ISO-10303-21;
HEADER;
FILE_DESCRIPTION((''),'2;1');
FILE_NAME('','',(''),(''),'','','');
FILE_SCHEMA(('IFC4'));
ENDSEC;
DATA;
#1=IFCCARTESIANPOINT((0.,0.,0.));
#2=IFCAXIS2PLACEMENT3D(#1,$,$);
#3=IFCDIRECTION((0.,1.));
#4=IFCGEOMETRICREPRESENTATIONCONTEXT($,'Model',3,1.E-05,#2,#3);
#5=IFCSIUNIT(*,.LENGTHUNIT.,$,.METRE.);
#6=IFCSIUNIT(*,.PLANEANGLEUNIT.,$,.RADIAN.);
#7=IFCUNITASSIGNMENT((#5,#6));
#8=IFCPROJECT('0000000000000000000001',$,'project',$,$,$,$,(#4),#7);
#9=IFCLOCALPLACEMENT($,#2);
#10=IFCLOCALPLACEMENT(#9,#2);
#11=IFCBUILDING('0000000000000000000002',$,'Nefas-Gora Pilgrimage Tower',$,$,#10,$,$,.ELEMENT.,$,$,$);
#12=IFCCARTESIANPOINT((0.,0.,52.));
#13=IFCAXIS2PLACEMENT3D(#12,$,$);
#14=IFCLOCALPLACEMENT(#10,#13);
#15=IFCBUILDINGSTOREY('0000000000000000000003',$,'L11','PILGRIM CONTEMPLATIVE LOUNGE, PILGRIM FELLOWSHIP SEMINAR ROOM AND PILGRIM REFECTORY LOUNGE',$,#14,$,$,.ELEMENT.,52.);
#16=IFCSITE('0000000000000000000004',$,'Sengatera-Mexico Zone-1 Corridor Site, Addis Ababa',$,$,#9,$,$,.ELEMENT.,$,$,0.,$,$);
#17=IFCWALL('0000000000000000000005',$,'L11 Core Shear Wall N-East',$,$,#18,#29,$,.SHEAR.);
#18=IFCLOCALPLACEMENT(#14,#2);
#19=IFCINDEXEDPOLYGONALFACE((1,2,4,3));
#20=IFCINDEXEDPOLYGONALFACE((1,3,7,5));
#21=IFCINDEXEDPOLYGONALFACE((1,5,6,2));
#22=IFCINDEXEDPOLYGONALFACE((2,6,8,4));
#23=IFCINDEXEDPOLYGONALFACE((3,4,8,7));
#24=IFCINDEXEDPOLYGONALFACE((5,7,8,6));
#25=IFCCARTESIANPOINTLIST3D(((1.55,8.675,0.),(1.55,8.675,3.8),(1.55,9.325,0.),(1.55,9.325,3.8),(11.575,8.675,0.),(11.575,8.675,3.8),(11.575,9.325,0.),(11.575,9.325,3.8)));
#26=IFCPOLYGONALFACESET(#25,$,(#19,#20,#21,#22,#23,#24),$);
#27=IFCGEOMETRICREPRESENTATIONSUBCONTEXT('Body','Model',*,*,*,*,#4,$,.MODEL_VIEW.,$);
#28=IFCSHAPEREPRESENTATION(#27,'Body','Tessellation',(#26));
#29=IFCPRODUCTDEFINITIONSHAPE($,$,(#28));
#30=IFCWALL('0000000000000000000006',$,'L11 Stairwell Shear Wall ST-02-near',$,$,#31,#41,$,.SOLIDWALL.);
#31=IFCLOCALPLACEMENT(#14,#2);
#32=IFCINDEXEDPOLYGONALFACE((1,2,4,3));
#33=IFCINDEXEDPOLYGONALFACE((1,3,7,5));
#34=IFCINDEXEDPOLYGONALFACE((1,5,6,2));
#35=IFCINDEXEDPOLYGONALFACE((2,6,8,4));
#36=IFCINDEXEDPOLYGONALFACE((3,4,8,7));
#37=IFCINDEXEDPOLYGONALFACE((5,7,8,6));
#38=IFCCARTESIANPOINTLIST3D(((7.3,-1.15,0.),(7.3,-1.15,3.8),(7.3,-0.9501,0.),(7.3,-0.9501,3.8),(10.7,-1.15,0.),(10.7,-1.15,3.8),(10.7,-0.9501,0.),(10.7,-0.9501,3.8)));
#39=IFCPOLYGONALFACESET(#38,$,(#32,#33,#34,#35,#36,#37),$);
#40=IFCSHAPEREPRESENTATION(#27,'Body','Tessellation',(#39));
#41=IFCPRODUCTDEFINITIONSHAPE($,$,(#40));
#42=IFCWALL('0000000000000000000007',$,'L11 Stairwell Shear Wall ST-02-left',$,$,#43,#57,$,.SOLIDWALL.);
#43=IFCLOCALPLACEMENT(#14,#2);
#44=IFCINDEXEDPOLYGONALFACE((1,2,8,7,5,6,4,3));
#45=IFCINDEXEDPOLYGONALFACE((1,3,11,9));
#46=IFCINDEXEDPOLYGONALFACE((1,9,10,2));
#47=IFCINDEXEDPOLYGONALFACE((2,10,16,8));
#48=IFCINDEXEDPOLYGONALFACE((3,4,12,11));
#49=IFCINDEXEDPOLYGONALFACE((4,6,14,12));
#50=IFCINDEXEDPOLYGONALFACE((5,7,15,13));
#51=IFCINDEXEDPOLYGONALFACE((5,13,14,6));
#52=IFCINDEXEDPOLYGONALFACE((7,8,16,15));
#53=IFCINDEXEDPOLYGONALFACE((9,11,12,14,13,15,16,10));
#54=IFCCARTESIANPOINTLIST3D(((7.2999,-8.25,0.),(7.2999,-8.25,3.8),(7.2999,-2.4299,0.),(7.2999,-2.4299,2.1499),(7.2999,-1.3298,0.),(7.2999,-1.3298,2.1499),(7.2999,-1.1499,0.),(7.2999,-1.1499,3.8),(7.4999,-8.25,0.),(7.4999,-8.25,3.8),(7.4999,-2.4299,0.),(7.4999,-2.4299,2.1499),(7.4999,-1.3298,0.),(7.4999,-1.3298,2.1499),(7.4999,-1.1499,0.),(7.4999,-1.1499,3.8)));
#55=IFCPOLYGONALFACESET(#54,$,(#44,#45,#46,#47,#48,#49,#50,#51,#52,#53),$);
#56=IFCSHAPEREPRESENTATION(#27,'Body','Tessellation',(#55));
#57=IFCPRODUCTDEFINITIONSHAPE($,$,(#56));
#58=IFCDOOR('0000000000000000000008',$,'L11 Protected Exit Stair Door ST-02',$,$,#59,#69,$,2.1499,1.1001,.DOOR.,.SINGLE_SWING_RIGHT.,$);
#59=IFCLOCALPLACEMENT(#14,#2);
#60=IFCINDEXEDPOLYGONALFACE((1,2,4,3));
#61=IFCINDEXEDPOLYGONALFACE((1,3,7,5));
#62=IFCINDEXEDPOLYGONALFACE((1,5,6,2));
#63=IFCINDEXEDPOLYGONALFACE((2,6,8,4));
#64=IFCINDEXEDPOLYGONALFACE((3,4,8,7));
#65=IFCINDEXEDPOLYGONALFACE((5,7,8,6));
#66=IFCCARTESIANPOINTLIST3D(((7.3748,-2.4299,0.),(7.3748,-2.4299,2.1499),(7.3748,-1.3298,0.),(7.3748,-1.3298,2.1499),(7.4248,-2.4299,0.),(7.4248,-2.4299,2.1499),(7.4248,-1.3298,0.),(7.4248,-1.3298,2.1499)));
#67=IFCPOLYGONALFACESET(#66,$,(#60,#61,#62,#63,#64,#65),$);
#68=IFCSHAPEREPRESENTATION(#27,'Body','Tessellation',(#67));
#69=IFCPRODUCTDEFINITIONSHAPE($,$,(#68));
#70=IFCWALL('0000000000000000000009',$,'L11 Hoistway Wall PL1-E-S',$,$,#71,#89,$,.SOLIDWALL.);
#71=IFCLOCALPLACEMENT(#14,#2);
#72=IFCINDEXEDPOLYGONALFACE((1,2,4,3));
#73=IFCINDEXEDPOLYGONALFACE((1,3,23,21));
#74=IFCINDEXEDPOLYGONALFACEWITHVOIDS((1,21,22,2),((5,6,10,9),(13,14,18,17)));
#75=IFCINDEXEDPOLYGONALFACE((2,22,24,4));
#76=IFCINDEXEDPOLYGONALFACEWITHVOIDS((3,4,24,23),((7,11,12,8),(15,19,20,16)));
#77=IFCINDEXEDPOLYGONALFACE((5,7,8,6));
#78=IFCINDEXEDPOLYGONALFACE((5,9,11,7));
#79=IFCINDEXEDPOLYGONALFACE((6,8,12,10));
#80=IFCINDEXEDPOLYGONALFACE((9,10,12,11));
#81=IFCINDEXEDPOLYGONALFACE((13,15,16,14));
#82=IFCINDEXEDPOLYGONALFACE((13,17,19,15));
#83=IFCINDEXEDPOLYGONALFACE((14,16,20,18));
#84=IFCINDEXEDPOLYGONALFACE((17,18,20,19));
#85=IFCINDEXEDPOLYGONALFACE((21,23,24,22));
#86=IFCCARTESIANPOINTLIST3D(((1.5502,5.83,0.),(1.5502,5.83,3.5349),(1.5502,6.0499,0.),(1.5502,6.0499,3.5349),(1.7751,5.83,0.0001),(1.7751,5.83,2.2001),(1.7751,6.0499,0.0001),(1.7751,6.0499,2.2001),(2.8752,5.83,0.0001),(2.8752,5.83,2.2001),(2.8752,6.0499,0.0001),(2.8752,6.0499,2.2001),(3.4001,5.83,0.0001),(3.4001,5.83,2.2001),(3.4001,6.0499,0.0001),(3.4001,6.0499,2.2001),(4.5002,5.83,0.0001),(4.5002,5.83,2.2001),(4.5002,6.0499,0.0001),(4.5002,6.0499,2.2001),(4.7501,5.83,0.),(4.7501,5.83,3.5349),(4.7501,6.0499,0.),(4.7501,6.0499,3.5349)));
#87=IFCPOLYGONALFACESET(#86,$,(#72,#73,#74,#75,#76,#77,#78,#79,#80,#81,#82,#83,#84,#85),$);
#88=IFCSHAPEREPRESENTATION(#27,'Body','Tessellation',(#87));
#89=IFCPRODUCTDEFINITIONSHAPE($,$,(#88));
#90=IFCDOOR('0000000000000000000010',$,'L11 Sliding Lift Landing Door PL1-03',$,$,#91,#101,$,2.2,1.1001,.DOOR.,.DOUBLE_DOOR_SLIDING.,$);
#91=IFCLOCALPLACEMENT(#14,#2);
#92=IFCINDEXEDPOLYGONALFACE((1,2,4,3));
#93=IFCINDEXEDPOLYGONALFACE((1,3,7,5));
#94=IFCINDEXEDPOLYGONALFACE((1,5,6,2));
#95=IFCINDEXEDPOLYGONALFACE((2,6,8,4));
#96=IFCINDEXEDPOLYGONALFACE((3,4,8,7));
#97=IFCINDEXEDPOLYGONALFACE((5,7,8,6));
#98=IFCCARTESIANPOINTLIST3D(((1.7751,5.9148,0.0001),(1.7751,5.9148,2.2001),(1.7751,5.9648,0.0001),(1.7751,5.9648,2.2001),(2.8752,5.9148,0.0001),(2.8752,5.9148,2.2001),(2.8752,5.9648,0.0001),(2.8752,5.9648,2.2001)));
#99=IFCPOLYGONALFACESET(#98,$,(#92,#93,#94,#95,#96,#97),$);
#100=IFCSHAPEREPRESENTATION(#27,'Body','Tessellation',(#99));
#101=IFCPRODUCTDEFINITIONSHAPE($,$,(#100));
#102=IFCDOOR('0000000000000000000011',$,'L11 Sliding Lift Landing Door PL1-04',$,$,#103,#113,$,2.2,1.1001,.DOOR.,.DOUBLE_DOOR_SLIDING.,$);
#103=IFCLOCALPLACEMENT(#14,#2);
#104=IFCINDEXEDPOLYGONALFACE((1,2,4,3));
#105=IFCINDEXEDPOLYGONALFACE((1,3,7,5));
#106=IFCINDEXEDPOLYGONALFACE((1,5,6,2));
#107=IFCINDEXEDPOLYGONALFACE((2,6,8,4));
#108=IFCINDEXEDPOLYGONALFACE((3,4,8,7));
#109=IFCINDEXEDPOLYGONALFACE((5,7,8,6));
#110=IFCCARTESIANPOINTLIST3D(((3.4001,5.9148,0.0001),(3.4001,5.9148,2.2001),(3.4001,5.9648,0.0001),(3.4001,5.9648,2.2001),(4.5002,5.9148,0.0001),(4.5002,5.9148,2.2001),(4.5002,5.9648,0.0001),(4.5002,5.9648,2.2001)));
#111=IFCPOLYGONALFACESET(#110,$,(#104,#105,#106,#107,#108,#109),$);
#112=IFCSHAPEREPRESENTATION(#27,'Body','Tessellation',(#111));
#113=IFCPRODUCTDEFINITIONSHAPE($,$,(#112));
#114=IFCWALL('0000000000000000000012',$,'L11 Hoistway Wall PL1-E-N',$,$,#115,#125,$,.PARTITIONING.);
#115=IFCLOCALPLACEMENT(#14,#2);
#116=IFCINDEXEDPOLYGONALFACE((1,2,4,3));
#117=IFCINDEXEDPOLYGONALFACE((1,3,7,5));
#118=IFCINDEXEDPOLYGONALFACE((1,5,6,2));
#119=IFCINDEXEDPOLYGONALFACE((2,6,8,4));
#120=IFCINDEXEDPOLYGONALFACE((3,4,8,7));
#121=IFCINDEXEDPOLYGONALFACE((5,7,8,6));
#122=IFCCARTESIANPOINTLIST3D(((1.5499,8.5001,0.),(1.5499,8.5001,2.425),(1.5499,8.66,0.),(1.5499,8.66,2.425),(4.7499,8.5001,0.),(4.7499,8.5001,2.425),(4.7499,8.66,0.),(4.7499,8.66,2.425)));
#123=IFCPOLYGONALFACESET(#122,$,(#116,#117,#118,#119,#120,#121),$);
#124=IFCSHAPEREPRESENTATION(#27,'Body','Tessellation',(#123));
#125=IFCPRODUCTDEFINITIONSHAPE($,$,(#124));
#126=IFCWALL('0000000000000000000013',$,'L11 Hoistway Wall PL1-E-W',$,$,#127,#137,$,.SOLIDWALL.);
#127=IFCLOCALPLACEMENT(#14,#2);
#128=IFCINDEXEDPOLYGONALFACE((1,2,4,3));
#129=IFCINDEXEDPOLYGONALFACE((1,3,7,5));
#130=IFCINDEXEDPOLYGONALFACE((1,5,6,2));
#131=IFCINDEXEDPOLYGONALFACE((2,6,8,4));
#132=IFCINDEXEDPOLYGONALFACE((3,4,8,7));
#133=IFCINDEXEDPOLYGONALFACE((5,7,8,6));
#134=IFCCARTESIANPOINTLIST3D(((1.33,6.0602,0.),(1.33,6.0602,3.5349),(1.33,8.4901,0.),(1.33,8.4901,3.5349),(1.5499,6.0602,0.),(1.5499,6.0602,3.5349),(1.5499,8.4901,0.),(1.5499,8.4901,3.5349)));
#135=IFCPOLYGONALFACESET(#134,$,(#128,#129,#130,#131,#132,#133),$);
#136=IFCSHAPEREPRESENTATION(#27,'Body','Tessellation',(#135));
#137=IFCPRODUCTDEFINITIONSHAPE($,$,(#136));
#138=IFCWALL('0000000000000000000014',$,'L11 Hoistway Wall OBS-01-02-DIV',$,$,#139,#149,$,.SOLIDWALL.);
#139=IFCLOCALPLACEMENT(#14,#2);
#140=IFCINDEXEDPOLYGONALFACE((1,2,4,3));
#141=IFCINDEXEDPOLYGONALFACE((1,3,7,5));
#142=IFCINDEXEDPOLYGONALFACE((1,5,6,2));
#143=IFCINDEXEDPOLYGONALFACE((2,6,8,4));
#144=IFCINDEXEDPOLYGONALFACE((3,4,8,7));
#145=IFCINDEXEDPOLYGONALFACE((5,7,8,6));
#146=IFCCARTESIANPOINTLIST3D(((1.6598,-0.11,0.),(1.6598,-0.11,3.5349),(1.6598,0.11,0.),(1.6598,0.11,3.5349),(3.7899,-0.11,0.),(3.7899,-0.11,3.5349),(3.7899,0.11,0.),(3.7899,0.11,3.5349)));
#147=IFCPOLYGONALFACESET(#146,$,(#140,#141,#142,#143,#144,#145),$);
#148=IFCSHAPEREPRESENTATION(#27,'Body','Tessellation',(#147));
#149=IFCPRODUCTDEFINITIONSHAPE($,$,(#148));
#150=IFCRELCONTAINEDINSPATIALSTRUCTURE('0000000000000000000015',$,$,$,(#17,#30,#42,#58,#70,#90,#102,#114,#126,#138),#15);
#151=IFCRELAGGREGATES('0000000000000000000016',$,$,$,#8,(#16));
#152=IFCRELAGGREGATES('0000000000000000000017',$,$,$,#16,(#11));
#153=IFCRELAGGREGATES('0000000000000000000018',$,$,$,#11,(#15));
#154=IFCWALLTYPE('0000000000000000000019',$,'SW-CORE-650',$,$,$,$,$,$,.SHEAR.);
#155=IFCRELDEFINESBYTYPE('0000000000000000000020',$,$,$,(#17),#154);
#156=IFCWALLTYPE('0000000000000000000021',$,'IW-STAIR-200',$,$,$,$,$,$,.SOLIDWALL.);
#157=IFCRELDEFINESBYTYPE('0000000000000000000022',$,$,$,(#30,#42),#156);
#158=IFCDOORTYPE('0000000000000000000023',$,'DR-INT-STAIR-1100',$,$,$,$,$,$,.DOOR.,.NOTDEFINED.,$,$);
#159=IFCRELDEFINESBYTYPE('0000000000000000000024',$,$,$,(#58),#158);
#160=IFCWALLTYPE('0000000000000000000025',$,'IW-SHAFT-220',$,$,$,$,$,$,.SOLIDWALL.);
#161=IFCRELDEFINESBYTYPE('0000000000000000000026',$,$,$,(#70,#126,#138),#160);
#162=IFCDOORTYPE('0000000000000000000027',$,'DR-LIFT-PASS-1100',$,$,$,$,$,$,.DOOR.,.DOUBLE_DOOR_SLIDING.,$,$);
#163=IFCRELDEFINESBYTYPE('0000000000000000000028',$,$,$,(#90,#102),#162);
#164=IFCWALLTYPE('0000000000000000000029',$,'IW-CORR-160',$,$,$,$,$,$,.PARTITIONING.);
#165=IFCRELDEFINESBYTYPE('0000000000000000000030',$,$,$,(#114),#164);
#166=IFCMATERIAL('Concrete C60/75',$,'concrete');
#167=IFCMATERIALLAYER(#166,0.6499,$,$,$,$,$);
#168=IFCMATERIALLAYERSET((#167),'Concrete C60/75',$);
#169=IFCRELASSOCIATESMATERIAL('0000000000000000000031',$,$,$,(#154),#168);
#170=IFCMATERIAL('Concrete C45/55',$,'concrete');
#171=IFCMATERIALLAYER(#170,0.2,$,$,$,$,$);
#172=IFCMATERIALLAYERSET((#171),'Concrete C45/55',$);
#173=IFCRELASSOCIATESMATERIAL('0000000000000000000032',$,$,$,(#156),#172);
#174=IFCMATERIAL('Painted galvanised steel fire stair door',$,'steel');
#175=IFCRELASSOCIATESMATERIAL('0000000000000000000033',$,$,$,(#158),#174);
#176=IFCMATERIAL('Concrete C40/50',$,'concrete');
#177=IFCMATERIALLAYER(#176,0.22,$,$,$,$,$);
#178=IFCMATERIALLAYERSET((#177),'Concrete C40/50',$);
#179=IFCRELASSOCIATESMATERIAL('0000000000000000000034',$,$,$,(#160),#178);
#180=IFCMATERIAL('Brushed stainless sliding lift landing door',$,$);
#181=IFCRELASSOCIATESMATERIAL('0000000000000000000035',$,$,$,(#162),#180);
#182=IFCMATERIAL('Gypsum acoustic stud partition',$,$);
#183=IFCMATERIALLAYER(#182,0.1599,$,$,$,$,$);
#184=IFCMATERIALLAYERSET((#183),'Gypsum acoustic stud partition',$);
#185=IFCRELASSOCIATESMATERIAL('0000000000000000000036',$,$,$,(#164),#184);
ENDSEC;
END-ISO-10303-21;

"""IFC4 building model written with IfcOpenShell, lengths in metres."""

from ifc_helpers import new_model, si_unit, direction, frame, frame_2d, origin, place, context, subcontext, project, spatial, rectangle, extrude, source, transform, mapped, material, layer, layer_set, type_object, element, fill, save


model = new_model("IFC4")

# Units and contexts
model_context = context("Model", 3, precision=1e-05, world=origin(), true_north=direction((0.0, 1.0)))
body_context = subcontext(model_context, "Body", "Model", "MODEL_VIEW")
ifc_project = project(units=[si_unit("LENGTHUNIT", "METRE"), si_unit("PLANEANGLEUNIT", "RADIAN")], contexts=[model_context])

# Site, building, storey
site_placement = place(None, origin())
site = spatial("IfcSite", under=ifc_project, at=site_placement, Name="Sengatera-Mexico Zone-1 Corridor Site, Addis Ababa", CompositionType="ELEMENT", RefElevation=0.0)
building_placement = place(site_placement, origin())
building = spatial("IfcBuilding", under=site, at=building_placement, Name="Nefas-Gora Pilgrimage Tower", CompositionType="ELEMENT")
storey_placement = place(building_placement, frame((0.0, 0.0, 52.0)))
storey = spatial("IfcBuildingStorey", under=building, at=storey_placement, Name="L11", Description="PILGRIM CONTEMPLATIVE LOUNGE, PILGRIM FELLOWSHIP SEMINAR ROOM AND PILGRIM REFECTORY LOUNGE", CompositionType="ELEMENT", Elevation=52.0)

# Walls
ifc_material_1 = material(Name="Concrete C60/75", Category="concrete")
ifc_layer_1 = layer(ifc_material_1, 0.6499)
ifc_layer_set_1 = layer_set([ifc_layer_1], Name="Concrete C60/75")
wall_type_1 = type_object("IfcWallType", Name="SW-CORE-650", PredefinedType="SHEAR", material=ifc_layer_set_1)
shared_shape_1 = source(origin(), body_context, "Body", "SweptSolid", [
    extrude(rectangle(XDim=10.0249, YDim=0.6499, at=frame_2d((5.0125, 0.0))), origin(), (0.0, 0.0, 1.0), 3.8),
])
wall_1_placement = place(storey_placement, frame((1.55, 9.0, 0.0), z_axis=(0.0, 0.0, 1.0), x_axis=(1.0, 0.0, 0.0)))
element("IfcWall", 1, at=wall_1_placement, inside=storey, type_object=wall_type_1, Name="L11 Core Shear Wall N-East", PredefinedType="SHEAR", context=body_context, shape_type="MappedRepresentation", body=[
    mapped(shared_shape_1, transform((0.0, 0.0, 0.0), x_axis=(1.0, 0.0, 0.0), y_axis=(0.0, 1.0, 0.0), z_axis=(0.0, 0.0, 1.0), scale=1.0)),
])
ifc_material_2 = material(Name="Concrete C45/55", Category="concrete")
ifc_layer_2 = layer(ifc_material_2, 0.2)
ifc_layer_set_2 = layer_set([ifc_layer_2], Name="Concrete C45/55")
wall_type_2 = type_object("IfcWallType", Name="IW-STAIR-200", PredefinedType="SOLIDWALL", material=ifc_layer_set_2)
shared_shape_2 = source(origin(), body_context, "Body", "SweptSolid", [
    extrude(rectangle(XDim=3.3999, YDim=0.2, at=frame_2d((1.7, 0.0))), origin(), (0.0, 0.0, 1.0), 3.8),
])
wall_2_placement = place(storey_placement, frame((7.3, -1.05, 0.0), z_axis=(0.0, 0.0, 1.0), x_axis=(1.0, 0.0, 0.0)))
element("IfcWall", 2, at=wall_2_placement, inside=storey, type_object=wall_type_2, Name="L11 Stairwell Shear Wall ST-02-near", PredefinedType="SOLIDWALL", context=body_context, shape_type="MappedRepresentation", body=[
    mapped(shared_shape_2, transform((0.0, 0.0, 0.0), x_axis=(1.0, 0.0, 0.0), y_axis=(0.0, 1.0, 0.0), z_axis=(0.0, 0.0, 1.0), scale=1.0)),
])

# Wall, opening, door
shared_shape_3 = source(origin(), body_context, "Body", "SweptSolid", [
    extrude(rectangle(XDim=7.1001, YDim=0.2, at=frame_2d((3.55, 0.0))), origin(), (0.0, 0.0, 1.0), 3.8),
])
wall_3_placement = place(storey_placement, frame((7.3999, -1.1499, 0.0), z_axis=(0.0, 0.0, 1.0), x_axis=(0.0, -1.0, 0.0)))
wall_3 = element("IfcWall", 3, at=wall_3_placement, inside=storey, type_object=wall_type_2, Name="L11 Stairwell Shear Wall ST-02-left", PredefinedType="SOLIDWALL", context=body_context, shape_type="MappedRepresentation", body=[
    mapped(shared_shape_3, transform((0.0, 0.0, 0.0), x_axis=(1.0, 0.0, 0.0), y_axis=(0.0, 1.0, 0.0), z_axis=(0.0, 0.0, 1.0), scale=1.0)),
])
opening_1_placement = place(wall_3_placement, frame((0.1799, 0.0, 0.0)))
opening_1 = element("IfcOpeningElement", 4, at=opening_1_placement, cuts=wall_3, PredefinedType="OPENING", context=body_context, shape_type="SweptSolid", body=[
    extrude(rectangle(XDim=1.1001, YDim=2.1499, at=frame_2d((0.55, 1.075))), frame((0.0, 0.1099, 0.0), z_axis=(0.0, -1.0, 0.0), x_axis=(1.0, 0.0, 0.0)), (0.0, 0.0, 1.0), 0.22),
])
ifc_material_3 = material(Name="Painted galvanised steel fire stair door", Category="steel")
door_type_1 = type_object("IfcDoorType", Name="DR-INT-STAIR-1100", OperationType="NOTDEFINED", PredefinedType="DOOR", material=ifc_material_3)
shared_shape_4 = source(origin(), body_context, "Body", "SweptSolid", [
    extrude(rectangle(XDim=1.1001, YDim=2.1499, at=frame_2d((0.55, 1.075))), frame((0.0, 0.0249, 0.0), z_axis=(0.0, -1.0, 0.0), x_axis=(1.0, 0.0, 0.0)), (0.0, 0.0, 1.0), 0.05),
])
door_1_placement = place(opening_1_placement, origin())
door_1 = element("IfcDoor", 5, at=door_1_placement, inside=storey, type_object=door_type_1, Name="L11 Protected Exit Stair Door ST-02", OperationType="SINGLE_SWING_RIGHT", OverallHeight=2.1499, OverallWidth=1.1001, PredefinedType="DOOR", context=body_context, shape_type="MappedRepresentation", body=[
    mapped(shared_shape_4, transform((0.0, 0.0, 0.0), x_axis=(1.0, 0.0, 0.0), y_axis=(0.0, 1.0, 0.0), z_axis=(0.0, 0.0, 1.0), scale=1.0)),
])
fill(opening_1, door_1)

# Wall, openings, doors
ifc_material_4 = material(Name="Concrete C40/50", Category="concrete")
ifc_layer_3 = layer(ifc_material_4, 0.22)
ifc_layer_set_3 = layer_set([ifc_layer_3], Name="Concrete C40/50")
wall_type_3 = type_object("IfcWallType", Name="IW-SHAFT-220", PredefinedType="SOLIDWALL", material=ifc_layer_set_3)
shared_shape_5 = source(origin(), body_context, "Body", "SweptSolid", [
    extrude(rectangle(XDim=3.2, YDim=0.22, at=frame_2d((1.6001, 0.0))), origin(), (0.0, 0.0, 1.0), 3.5349),
])
wall_4_placement = place(storey_placement, frame((1.55, 5.9399, 0.0), z_axis=(0.0, 0.0, 1.0), x_axis=(1.0, 0.0, 0.0)))
wall_4 = element("IfcWall", 6, at=wall_4_placement, inside=storey, type_object=wall_type_3, Name="L11 Hoistway Wall PL1-E-S", PredefinedType="SOLIDWALL", context=body_context, shape_type="MappedRepresentation", body=[
    mapped(shared_shape_5, transform((0.0, 0.0, 0.0), x_axis=(1.0, 0.0, 0.0), y_axis=(0.0, 1.0, 0.0), z_axis=(0.0, 0.0, 1.0), scale=1.0)),
])
opening_2_placement = place(wall_4_placement, frame((0.2251, 0.0, 0.0)))
opening_2 = element("IfcOpeningElement", 7, at=opening_2_placement, cuts=wall_4, PredefinedType="OPENING", context=body_context, shape_type="SweptSolid", body=[
    extrude(rectangle(XDim=1.1001, YDim=2.2, at=frame_2d((0.55, 1.1001))), frame((0.0, 0.1199, 0.0), z_axis=(0.0, -1.0, 0.0), x_axis=(1.0, 0.0, 0.0)), (0.0, 0.0, 1.0), 0.24),
])
opening_3_placement = place(wall_4_placement, frame((1.8501, 0.0, 0.0)))
opening_3 = element("IfcOpeningElement", 8, at=opening_3_placement, cuts=wall_4, PredefinedType="OPENING", context=body_context, shape_type="SweptSolid", body=[
    extrude(rectangle(XDim=1.1001, YDim=2.2, at=frame_2d((0.55, 1.1001))), frame((0.0, 0.1199, 0.0), z_axis=(0.0, -1.0, 0.0), x_axis=(1.0, 0.0, 0.0)), (0.0, 0.0, 1.0), 0.24),
])
ifc_material_5 = material(Name="Brushed stainless sliding lift landing door")
door_type_2 = type_object("IfcDoorType", Name="DR-LIFT-PASS-1100", OperationType="DOUBLE_DOOR_SLIDING", PredefinedType="DOOR", material=ifc_material_5)
shared_shape_6 = source(origin(), body_context, "Body", "SweptSolid", [
    extrude(rectangle(XDim=1.1001, YDim=2.2, at=frame_2d((0.55, 1.1001))), frame((0.0, 0.0249, 0.0), z_axis=(0.0, -1.0, 0.0), x_axis=(1.0, 0.0, 0.0)), (0.0, 0.0, 1.0), 0.05),
])
door_2_placement = place(opening_2_placement, origin())
door_2 = element("IfcDoor", 9, at=door_2_placement, inside=storey, type_object=door_type_2, Name="L11 Sliding Lift Landing Door PL1-03", OperationType="DOUBLE_DOOR_SLIDING", OverallHeight=2.2, OverallWidth=1.1001, PredefinedType="DOOR", context=body_context, shape_type="MappedRepresentation", body=[
    mapped(shared_shape_6, transform((0.0, 0.0, 0.0), x_axis=(1.0, 0.0, 0.0), y_axis=(0.0, 1.0, 0.0), z_axis=(0.0, 0.0, 1.0), scale=1.0)),
])
fill(opening_2, door_2)
door_3_placement = place(opening_3_placement, origin())
door_3 = element("IfcDoor", 10, at=door_3_placement, inside=storey, type_object=door_type_2, Name="L11 Sliding Lift Landing Door PL1-04", OperationType="DOUBLE_DOOR_SLIDING", OverallHeight=2.2, OverallWidth=1.1001, PredefinedType="DOOR", context=body_context, shape_type="MappedRepresentation", body=[
    mapped(shared_shape_6, transform((0.0, 0.0, 0.0), x_axis=(1.0, 0.0, 0.0), y_axis=(0.0, 1.0, 0.0), z_axis=(0.0, 0.0, 1.0), scale=1.0)),
])
fill(opening_3, door_3)

# Walls
ifc_material_6 = material(Name="Gypsum acoustic stud partition")
ifc_layer_4 = layer(ifc_material_6, 0.1599)
ifc_layer_set_4 = layer_set([ifc_layer_4], Name="Gypsum acoustic stud partition")
wall_type_4 = type_object("IfcWallType", Name="IW-CORR-160", PredefinedType="PARTITIONING", material=ifc_layer_set_4)
shared_shape_7 = source(origin(), body_context, "Body", "SweptSolid", [
    extrude(rectangle(XDim=3.2, YDim=0.1599, at=frame_2d((1.6001, 0.0))), origin(), (0.0, 0.0, 1.0), 2.425),
])
wall_5_placement = place(storey_placement, frame((4.75, 8.5801, 0.0), z_axis=(0.0, 0.0, 1.0), x_axis=(-1.0, 0.0, 0.0)))
element("IfcWall", 11, at=wall_5_placement, inside=storey, type_object=wall_type_4, Name="L11 Hoistway Wall PL1-E-N", PredefinedType="PARTITIONING", context=body_context, shape_type="MappedRepresentation", body=[
    mapped(shared_shape_7, transform((0.0, 0.0, 0.0), x_axis=(1.0, 0.0, 0.0), y_axis=(0.0, 1.0, 0.0), z_axis=(0.0, 0.0, 1.0), scale=1.0)),
])
shared_shape_8 = source(origin(), body_context, "Body", "SweptSolid", [
    extrude(rectangle(XDim=2.4299, YDim=0.22, at=frame_2d((1.2148, 0.0))), origin(), (0.0, 0.0, 1.0), 3.5349),
])
for number, where, z_axis, x_axis, name in (
    (12, (1.4399, 8.49, 0.0), (0.0, 0.0, 1.0), (0.0, -1.0, 0.0), "L11 Hoistway Wall PL1-E-W"),
):
    element("IfcWall", number, at=place(storey_placement, frame(where, z_axis=z_axis, x_axis=x_axis)), inside=storey, type_object=wall_type_3, Name=name, PredefinedType="SOLIDWALL", context=body_context, shape_type="MappedRepresentation", body=[
        mapped(shared_shape_8, transform((0.0, 0.0, 0.0), x_axis=(1.0, 0.0, 0.0), y_axis=(0.0, 1.0, 0.0), z_axis=(0.0, 0.0, 1.0), scale=1.0)),
    ])
shared_shape_9 = source(origin(), body_context, "Body", "SweptSolid", [
    extrude(rectangle(XDim=2.1301, YDim=0.22, at=frame_2d((1.0649, 0.0))), origin(), (0.0, 0.0, 1.0), 3.5349),
])
for number, where, z_axis, x_axis, name in (
    (13, (1.6599, 0.0, 0.0), (0.0, 0.0, 1.0), (1.0, 0.0, 0.0), "L11 Hoistway Wall OBS-01-02-DIV"),
):
    element("IfcWall", number, at=place(storey_placement, frame(where, z_axis=z_axis, x_axis=x_axis)), inside=storey, type_object=wall_type_3, Name=name, PredefinedType="SOLIDWALL", context=body_context, shape_type="MappedRepresentation", body=[
        mapped(shared_shape_9, transform((0.0, 0.0, 0.0), x_axis=(1.0, 0.0, 0.0), y_axis=(0.0, 1.0, 0.0), z_axis=(0.0, 0.0, 1.0), scale=1.0)),
    ])

save(model, "model.ifc")
